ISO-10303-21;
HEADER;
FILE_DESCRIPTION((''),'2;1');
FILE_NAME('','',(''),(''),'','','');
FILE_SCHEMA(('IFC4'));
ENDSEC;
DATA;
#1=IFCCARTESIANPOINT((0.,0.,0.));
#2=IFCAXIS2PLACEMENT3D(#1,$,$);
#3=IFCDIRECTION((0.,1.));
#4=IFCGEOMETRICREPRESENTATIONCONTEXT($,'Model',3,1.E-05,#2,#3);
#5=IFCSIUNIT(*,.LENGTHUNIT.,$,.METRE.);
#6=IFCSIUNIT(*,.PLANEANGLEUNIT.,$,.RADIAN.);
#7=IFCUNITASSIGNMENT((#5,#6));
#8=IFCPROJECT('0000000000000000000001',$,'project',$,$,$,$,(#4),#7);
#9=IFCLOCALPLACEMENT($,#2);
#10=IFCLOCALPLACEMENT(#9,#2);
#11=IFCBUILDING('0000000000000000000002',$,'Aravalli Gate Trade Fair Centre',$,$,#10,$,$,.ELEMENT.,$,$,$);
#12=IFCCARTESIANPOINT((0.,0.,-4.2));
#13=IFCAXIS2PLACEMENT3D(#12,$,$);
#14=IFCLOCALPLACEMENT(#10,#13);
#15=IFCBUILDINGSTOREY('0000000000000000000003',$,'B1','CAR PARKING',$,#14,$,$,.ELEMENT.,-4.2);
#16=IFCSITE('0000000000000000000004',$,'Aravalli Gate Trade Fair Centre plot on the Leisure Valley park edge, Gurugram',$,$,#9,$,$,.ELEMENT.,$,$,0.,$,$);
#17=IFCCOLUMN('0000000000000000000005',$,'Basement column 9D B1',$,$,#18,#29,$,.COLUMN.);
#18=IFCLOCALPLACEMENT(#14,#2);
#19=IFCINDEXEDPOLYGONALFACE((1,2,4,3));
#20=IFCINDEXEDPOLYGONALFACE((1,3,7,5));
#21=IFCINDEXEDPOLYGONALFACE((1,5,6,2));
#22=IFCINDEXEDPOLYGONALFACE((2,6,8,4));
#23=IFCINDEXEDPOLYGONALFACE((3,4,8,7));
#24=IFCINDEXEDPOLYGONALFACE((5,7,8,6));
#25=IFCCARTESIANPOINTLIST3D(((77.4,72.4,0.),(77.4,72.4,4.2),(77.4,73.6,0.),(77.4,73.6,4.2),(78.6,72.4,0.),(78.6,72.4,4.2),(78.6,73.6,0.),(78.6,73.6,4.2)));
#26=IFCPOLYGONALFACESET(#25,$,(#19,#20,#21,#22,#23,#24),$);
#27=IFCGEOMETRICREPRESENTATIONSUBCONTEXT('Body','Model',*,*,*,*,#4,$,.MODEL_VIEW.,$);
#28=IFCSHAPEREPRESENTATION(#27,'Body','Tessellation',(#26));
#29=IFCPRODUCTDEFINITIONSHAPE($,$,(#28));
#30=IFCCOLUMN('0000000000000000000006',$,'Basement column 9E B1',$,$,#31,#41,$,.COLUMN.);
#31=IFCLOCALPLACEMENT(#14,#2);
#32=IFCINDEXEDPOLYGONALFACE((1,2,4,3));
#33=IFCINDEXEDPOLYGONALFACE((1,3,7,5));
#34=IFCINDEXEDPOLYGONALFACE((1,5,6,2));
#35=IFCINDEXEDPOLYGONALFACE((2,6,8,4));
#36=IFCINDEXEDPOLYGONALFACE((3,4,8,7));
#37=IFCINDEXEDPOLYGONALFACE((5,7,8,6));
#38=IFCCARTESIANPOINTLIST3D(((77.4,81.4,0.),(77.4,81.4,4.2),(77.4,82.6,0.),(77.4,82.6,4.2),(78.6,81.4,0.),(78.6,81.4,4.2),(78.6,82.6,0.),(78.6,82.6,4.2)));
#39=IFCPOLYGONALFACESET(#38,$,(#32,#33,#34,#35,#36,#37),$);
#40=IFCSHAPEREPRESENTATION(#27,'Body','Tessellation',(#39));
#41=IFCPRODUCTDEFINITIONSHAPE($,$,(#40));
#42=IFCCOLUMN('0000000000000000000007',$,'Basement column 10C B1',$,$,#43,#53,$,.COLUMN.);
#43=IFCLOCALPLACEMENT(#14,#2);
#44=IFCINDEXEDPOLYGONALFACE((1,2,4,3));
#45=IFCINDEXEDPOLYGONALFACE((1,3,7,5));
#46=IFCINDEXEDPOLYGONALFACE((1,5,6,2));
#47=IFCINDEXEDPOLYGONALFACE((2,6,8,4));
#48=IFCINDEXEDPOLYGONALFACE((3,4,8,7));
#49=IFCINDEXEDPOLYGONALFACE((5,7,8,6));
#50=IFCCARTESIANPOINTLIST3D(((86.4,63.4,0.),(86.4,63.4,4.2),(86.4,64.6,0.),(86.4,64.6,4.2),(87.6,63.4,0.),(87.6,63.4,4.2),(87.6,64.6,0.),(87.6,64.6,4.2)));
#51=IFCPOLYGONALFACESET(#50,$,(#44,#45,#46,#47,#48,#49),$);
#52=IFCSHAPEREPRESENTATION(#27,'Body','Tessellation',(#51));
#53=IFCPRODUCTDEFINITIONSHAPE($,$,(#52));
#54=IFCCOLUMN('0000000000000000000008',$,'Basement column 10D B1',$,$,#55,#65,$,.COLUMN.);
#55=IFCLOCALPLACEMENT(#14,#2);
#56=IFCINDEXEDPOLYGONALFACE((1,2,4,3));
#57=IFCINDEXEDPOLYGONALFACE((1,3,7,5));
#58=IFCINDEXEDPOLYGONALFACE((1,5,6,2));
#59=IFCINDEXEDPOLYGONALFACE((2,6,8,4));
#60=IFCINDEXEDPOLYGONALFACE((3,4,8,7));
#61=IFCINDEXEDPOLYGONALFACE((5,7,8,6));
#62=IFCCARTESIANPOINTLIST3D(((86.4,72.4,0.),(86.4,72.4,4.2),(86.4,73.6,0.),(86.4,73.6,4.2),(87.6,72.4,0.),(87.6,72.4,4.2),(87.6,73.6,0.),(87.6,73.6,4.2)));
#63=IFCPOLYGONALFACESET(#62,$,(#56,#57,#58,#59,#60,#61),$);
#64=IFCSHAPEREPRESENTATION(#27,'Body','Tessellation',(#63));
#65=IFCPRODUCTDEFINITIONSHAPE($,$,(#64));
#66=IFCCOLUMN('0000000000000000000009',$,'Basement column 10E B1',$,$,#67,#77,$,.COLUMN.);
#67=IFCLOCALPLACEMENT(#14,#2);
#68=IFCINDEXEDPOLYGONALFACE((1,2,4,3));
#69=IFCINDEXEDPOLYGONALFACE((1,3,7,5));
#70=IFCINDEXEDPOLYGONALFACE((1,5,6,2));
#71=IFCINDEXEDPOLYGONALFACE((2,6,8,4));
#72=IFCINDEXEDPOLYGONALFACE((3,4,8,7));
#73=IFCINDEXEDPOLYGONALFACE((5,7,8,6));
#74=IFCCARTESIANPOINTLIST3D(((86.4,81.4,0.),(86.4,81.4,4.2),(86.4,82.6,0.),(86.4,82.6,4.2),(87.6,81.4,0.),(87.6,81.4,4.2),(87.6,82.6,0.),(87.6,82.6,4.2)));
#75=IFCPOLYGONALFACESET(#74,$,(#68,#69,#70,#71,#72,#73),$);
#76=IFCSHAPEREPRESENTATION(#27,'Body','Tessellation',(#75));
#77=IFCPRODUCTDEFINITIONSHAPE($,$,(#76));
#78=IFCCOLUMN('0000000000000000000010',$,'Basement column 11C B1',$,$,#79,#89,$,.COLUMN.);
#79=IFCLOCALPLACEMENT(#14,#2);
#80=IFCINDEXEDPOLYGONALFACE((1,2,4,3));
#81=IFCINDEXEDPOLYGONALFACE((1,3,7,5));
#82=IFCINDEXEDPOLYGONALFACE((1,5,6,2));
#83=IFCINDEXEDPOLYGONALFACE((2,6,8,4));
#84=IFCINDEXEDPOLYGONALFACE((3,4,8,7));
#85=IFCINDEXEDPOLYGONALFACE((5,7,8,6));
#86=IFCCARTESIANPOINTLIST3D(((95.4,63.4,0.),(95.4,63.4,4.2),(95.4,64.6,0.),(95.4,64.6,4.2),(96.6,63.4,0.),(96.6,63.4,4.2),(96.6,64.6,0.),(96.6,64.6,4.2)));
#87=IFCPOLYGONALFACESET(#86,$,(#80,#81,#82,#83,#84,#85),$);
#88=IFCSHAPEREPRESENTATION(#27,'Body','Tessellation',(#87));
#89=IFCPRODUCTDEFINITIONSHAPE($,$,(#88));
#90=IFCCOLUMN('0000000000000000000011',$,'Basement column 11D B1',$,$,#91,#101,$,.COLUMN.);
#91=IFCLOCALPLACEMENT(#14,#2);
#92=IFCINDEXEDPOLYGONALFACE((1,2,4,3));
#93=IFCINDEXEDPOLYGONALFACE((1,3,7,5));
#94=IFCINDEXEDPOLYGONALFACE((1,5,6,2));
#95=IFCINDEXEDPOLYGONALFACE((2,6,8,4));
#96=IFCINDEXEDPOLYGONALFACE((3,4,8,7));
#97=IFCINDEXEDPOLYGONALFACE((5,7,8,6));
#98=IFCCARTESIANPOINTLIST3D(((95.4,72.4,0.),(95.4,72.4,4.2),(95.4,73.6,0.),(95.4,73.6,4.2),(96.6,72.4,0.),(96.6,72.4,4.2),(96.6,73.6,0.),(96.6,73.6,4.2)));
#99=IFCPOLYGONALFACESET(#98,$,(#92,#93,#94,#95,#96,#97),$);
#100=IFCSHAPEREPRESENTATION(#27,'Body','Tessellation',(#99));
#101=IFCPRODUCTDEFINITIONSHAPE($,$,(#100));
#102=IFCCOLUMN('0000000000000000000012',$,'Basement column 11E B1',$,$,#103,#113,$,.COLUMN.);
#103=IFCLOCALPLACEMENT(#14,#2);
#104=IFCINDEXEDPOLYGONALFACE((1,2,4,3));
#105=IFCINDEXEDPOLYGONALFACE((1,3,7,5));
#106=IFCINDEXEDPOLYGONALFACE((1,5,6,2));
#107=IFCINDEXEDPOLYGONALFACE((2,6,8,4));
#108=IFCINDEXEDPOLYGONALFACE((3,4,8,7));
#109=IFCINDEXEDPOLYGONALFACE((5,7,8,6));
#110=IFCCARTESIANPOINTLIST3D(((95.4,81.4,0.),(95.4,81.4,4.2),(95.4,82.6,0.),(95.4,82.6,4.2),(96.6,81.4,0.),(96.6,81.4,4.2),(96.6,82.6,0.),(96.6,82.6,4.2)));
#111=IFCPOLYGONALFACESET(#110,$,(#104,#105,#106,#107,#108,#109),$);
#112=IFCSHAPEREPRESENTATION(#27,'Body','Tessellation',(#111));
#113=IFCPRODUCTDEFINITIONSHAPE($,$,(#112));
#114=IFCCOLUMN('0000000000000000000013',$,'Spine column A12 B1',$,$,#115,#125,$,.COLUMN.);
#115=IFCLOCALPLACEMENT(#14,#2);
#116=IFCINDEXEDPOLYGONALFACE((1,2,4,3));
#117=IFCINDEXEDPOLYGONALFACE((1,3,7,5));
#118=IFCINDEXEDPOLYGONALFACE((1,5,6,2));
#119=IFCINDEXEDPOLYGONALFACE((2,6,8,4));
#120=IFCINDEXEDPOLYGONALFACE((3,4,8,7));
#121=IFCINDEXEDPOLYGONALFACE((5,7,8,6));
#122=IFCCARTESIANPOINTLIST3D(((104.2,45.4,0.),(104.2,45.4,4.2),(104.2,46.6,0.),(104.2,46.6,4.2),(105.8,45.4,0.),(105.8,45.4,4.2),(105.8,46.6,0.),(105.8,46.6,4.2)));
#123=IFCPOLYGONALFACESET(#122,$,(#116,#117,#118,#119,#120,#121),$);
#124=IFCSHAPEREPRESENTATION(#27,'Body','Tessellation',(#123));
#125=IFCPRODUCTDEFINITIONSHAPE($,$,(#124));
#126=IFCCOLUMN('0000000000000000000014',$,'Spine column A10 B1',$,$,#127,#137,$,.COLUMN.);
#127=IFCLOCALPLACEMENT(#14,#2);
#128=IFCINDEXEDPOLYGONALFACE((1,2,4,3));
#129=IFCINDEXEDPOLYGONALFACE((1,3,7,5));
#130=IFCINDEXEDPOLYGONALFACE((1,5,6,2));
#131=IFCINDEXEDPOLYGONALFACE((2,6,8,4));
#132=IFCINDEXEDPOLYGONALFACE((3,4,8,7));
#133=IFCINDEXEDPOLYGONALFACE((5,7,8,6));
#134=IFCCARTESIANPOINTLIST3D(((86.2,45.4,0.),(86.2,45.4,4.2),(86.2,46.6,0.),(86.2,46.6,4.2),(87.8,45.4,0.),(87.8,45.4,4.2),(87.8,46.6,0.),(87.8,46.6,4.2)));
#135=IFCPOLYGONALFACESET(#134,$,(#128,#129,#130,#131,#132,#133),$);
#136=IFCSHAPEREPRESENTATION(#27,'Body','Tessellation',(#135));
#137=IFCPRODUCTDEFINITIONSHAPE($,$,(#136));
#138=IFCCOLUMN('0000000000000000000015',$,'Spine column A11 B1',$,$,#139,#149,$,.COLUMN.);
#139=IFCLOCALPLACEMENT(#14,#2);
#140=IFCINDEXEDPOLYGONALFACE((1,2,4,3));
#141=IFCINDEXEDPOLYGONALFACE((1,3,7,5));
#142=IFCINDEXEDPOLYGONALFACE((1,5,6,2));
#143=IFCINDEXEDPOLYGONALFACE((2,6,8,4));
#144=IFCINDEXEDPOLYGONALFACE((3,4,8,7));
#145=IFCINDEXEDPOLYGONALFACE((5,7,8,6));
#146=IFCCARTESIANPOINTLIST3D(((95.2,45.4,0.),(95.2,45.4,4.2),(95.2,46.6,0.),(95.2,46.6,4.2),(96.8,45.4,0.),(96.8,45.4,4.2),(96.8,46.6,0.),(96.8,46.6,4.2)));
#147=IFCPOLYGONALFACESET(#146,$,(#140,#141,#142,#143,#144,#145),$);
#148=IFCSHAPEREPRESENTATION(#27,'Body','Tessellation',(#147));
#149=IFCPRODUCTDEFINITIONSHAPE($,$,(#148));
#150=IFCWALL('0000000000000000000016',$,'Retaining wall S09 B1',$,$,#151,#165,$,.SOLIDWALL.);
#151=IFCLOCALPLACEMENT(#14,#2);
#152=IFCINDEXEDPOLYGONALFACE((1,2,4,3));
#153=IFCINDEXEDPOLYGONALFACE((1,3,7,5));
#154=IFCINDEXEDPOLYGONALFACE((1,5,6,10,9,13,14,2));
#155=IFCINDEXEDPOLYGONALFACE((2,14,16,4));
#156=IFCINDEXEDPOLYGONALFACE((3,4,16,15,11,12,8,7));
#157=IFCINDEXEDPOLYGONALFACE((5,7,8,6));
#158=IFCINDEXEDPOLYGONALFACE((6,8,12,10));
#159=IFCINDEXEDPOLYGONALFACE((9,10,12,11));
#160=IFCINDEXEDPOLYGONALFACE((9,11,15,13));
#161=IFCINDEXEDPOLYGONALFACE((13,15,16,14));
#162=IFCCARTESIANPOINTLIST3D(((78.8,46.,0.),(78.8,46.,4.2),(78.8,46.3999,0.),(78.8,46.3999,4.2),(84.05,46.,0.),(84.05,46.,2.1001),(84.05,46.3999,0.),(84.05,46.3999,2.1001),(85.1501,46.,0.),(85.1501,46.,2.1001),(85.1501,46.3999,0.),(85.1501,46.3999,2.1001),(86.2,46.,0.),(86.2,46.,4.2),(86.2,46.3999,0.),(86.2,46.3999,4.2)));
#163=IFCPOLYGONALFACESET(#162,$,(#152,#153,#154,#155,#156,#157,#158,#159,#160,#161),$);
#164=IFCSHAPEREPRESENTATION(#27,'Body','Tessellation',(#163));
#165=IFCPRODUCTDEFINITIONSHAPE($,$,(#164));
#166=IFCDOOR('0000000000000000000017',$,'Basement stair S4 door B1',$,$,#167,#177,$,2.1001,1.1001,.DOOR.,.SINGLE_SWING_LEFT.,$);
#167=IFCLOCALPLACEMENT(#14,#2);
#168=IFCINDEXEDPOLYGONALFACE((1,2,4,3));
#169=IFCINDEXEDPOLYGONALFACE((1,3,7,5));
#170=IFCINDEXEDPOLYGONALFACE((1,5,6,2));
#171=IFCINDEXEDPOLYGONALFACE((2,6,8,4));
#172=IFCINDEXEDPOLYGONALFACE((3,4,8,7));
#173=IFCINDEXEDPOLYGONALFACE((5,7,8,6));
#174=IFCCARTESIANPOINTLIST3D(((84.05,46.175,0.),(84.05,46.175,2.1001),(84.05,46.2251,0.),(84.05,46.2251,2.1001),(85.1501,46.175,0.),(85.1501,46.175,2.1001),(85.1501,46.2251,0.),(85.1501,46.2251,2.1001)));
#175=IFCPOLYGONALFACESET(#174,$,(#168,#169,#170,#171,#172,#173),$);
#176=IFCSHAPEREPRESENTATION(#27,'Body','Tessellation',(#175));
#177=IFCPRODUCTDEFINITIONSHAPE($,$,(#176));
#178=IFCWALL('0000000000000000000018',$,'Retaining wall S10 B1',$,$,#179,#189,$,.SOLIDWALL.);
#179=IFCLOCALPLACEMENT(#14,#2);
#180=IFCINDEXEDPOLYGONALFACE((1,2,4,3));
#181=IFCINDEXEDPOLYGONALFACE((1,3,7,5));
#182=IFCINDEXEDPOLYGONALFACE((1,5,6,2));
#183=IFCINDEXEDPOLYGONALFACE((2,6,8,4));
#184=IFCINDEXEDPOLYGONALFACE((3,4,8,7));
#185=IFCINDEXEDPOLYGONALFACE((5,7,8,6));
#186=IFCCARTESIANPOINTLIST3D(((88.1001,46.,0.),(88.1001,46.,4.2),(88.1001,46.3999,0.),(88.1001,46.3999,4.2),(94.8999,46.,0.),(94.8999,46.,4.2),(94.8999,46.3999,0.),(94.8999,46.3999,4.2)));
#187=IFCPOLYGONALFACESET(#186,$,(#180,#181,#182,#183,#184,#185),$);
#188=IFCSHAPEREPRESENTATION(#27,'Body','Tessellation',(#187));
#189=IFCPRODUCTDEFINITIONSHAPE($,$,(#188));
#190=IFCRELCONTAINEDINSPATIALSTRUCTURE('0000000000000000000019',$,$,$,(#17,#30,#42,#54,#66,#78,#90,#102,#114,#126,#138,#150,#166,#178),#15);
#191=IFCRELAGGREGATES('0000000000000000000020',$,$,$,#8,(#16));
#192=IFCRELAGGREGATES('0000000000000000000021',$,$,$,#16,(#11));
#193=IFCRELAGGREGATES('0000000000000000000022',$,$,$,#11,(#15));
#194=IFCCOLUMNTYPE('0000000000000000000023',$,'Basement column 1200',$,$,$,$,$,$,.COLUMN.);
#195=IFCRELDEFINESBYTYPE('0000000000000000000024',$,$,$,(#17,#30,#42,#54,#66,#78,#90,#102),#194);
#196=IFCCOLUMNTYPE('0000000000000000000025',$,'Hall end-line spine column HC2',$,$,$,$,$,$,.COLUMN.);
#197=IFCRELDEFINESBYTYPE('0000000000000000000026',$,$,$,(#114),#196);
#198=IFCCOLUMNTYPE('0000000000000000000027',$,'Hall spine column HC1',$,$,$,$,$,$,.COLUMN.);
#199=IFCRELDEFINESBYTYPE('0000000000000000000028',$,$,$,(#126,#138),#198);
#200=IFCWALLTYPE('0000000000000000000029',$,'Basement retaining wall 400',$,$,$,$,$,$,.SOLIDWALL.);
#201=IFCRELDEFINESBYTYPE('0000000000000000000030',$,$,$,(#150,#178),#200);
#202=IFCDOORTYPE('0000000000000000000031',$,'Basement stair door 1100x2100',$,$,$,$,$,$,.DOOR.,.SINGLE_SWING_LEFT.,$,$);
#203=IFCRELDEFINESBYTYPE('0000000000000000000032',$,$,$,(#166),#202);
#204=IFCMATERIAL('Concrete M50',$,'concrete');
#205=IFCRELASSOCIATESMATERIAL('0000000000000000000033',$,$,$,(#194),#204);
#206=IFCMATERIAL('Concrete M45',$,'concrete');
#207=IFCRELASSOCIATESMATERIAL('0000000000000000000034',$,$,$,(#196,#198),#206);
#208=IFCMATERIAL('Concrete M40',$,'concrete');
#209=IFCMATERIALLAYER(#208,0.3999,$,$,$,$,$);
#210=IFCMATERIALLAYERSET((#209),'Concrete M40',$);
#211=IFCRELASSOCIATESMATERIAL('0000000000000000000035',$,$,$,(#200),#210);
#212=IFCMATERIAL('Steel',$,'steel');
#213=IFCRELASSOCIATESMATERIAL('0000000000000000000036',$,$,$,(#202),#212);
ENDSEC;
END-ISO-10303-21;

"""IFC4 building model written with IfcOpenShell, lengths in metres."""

from ifc_helpers import new_model, si_unit, direction, frame, frame_2d, origin, origin_2d, place, context, subcontext, project, spatial, rectangle, extrude, material, layer, layer_set, material_profile, profile_set, type_object, element, fill, save


model = new_model("IFC4")

# Units and contexts
model_context = context("Model", 3, precision=1e-05, world=origin(), true_north=direction((0.0, 1.0)))
body_context = subcontext(model_context, "Body", "Model", "MODEL_VIEW")
ifc_project = project(units=[si_unit("LENGTHUNIT", "METRE"), si_unit("PLANEANGLEUNIT", "RADIAN")], contexts=[model_context])

# Site, building, storey
site_placement = place(None, origin())
site = spatial("IfcSite", under=ifc_project, at=site_placement, Name="Aravalli Gate Trade Fair Centre plot on the Leisure Valley park edge, Gurugram", CompositionType="ELEMENT", RefElevation=0.0)
building_placement = place(site_placement, origin())
building = spatial("IfcBuilding", under=site, at=building_placement, Name="Aravalli Gate Trade Fair Centre", CompositionType="ELEMENT")
storey_placement = place(building_placement, frame((0.0, 0.0, -4.2)))
storey = spatial("IfcBuildingStorey", under=building, at=storey_placement, Name="B1", Description="CAR PARKING", CompositionType="ELEMENT", Elevation=-4.2)

# Columns
ifc_material_1 = material(Name="Concrete M50", Category="concrete")
ifc_material_profile_1 = material_profile(ifc_material_1, rectangle(XDim=1.2, YDim=1.2, at=origin_2d()), Name="RC 1200 x 1200")
ifc_profile_set_1 = profile_set([ifc_material_profile_1], Name="Concrete M50")
column_type_1 = type_object("IfcColumnType", Name="Basement column 1200", PredefinedType="COLUMN", material=ifc_profile_set_1)
for number, where, z_axis, x_axis, name in (
    (1, (78.0, 73.0, 0.0), (0.0, 0.0, 1.0), (1.0, 0.0, 0.0), "Basement column 9D B1"),
    (2, (78.0, 82.0, 0.0), (0.0, 0.0, 1.0), (1.0, 0.0, 0.0), "Basement column 9E B1"),
    (3, (87.0, 64.0, 0.0), (0.0, 0.0, 1.0), (1.0, 0.0, 0.0), "Basement column 10C B1"),
    (4, (87.0, 73.0, 0.0), (0.0, 0.0, 1.0), (1.0, 0.0, 0.0), "Basement column 10D B1"),
    (5, (87.0, 82.0, 0.0), (0.0, 0.0, 1.0), (1.0, 0.0, 0.0), "Basement column 10E B1"),
    (6, (96.0, 64.0, 0.0), (0.0, 0.0, 1.0), (1.0, 0.0, 0.0), "Basement column 11C B1"),
    (7, (96.0, 73.0, 0.0), (0.0, 0.0, 1.0), (1.0, 0.0, 0.0), "Basement column 11D B1"),
    (8, (96.0, 82.0, 0.0), (0.0, 0.0, 1.0), (1.0, 0.0, 0.0), "Basement column 11E B1"),
):
    element("IfcColumn", number, at=place(storey_placement, frame(where, z_axis=z_axis, x_axis=x_axis)), inside=storey, type_object=column_type_1, Name=name, PredefinedType="COLUMN", context=body_context, shape_type="SweptSolid", body=[
        extrude(rectangle(XDim=1.2, YDim=1.2, at=origin_2d()), origin(), (0.0, 0.0, 1.0), 4.2),
    ])
ifc_material_2 = material(Name="Concrete M45", Category="concrete")
ifc_material_profile_2 = material_profile(ifc_material_2, rectangle(XDim=1.6001, YDim=1.2, at=origin_2d()), Name="RC 1600x1200")
ifc_profile_set_2 = profile_set([ifc_material_profile_2], Name="Concrete M45")
column_type_2 = type_object("IfcColumnType", Name="Hall end-line spine column HC2", PredefinedType="COLUMN", material=ifc_profile_set_2)
column_placement = place(storey_placement, frame((105.0, 46.0, 0.0), z_axis=(0.0, 0.0, 1.0), x_axis=(1.0, 0.0, 0.0)))
element("IfcColumn", 9, at=column_placement, inside=storey, type_object=column_type_2, Name="Spine column A12 B1", PredefinedType="COLUMN", context=body_context, shape_type="SweptSolid", body=[
    extrude(rectangle(XDim=1.6001, YDim=1.2, at=origin_2d()), origin(), (0.0, 0.0, 1.0), 4.2),
])
ifc_material_profile_3 = material_profile(ifc_material_2, rectangle(XDim=1.6001, YDim=1.2, at=origin_2d()), Name="RC 1600x1200")
ifc_profile_set_3 = profile_set([ifc_material_profile_3], Name="Concrete M45")
column_type_3 = type_object("IfcColumnType", Name="Hall spine column HC1", PredefinedType="COLUMN", material=ifc_profile_set_3)
for number, where, z_axis, x_axis, name in (
    (10, (87.0, 46.0, 0.0), (0.0, 0.0, 1.0), (1.0, 0.0, 0.0), "Spine column A10 B1"),
    (11, (96.0, 46.0, 0.0), (0.0, 0.0, 1.0), (1.0, 0.0, 0.0), "Spine column A11 B1"),
):
    element("IfcColumn", number, at=place(storey_placement, frame(where, z_axis=z_axis, x_axis=x_axis)), inside=storey, type_object=column_type_3, Name=name, PredefinedType="COLUMN", context=body_context, shape_type="SweptSolid", body=[
        extrude(rectangle(XDim=1.6001, YDim=1.2, at=origin_2d()), origin(), (0.0, 0.0, 1.0), 4.2),
    ])

# Wall, opening, door
ifc_material_3 = material(Name="Concrete M40", Category="concrete")
ifc_layer_1 = layer(ifc_material_3, 0.3999)
ifc_layer_set_1 = layer_set([ifc_layer_1], Name="Concrete M40")
wall_type_1 = type_object("IfcWallType", Name="Basement retaining wall 400", PredefinedType="SOLIDWALL", material=ifc_layer_set_1)
wall_1_placement = place(storey_placement, frame((78.8, 46.2, 0.0), z_axis=(0.0, 0.0, 1.0), x_axis=(1.0, 0.0, 0.0)))
wall_1 = element("IfcWall", 12, at=wall_1_placement, inside=storey, type_object=wall_type_1, Name="Retaining wall S09 B1", PredefinedType="SOLIDWALL", context=body_context, shape_type="SweptSolid", body=[
    extrude(rectangle(XDim=7.3999, YDim=0.3999, at=frame_2d((3.7, 0.0))), origin(), (0.0, 0.0, 1.0), 4.2),
])
opening_1_placement = place(wall_1_placement, frame((5.25, 0.0, 0.0)))
opening_1 = element("IfcOpeningElement", 13, at=opening_1_placement, cuts=wall_1, PredefinedType="OPENING", context=body_context, shape_type="SweptSolid", body=[
    extrude(rectangle(XDim=1.1001, YDim=2.1001, at=frame_2d((0.55, 1.05))), frame((0.0, 0.21, 0.0), z_axis=(0.0, -1.0, 0.0), x_axis=(1.0, 0.0, 0.0)), (0.0, 0.0, 1.0), 0.4199),
])
ifc_material_4 = material(Name="Steel", Category="steel")
door_type = type_object("IfcDoorType", Name="Basement stair door 1100x2100", OperationType="SINGLE_SWING_LEFT", PredefinedType="DOOR", material=ifc_material_4)
door_1_placement = place(opening_1_placement, frame((1.1001, 0.0, 0.0), z_axis=(0.0, 0.0, 1.0), x_axis=(-1.0, 0.0, 0.0)))
door_1 = element("IfcDoor", 14, at=door_1_placement, inside=storey, type_object=door_type, Name="Basement stair S4 door B1", OperationType="SINGLE_SWING_LEFT", OverallHeight=2.1001, OverallWidth=1.1001, PredefinedType="DOOR", context=body_context, shape_type="SweptSolid", body=[
    extrude(rectangle(XDim=1.1001, YDim=2.1001, at=frame_2d((0.55, 1.05))), frame((0.0, 0.0249, 0.0), z_axis=(0.0, -1.0, 0.0), x_axis=(1.0, 0.0, 0.0)), (0.0, 0.0, 1.0), 0.05),
])
fill(opening_1, door_1)

# Wall
wall_2_placement = place(storey_placement, frame((88.1001, 46.2, 0.0), z_axis=(0.0, 0.0, 1.0), x_axis=(1.0, 0.0, 0.0)))
element("IfcWall", 15, at=wall_2_placement, inside=storey, type_object=wall_type_1, Name="Retaining wall S10 B1", PredefinedType="SOLIDWALL", context=body_context, shape_type="SweptSolid", body=[
    extrude(rectangle(XDim=6.7998, YDim=0.3999, at=frame_2d((3.3999, 0.0))), origin(), (0.0, 0.0, 1.0), 4.2),
])

save(model, "model.ifc")
